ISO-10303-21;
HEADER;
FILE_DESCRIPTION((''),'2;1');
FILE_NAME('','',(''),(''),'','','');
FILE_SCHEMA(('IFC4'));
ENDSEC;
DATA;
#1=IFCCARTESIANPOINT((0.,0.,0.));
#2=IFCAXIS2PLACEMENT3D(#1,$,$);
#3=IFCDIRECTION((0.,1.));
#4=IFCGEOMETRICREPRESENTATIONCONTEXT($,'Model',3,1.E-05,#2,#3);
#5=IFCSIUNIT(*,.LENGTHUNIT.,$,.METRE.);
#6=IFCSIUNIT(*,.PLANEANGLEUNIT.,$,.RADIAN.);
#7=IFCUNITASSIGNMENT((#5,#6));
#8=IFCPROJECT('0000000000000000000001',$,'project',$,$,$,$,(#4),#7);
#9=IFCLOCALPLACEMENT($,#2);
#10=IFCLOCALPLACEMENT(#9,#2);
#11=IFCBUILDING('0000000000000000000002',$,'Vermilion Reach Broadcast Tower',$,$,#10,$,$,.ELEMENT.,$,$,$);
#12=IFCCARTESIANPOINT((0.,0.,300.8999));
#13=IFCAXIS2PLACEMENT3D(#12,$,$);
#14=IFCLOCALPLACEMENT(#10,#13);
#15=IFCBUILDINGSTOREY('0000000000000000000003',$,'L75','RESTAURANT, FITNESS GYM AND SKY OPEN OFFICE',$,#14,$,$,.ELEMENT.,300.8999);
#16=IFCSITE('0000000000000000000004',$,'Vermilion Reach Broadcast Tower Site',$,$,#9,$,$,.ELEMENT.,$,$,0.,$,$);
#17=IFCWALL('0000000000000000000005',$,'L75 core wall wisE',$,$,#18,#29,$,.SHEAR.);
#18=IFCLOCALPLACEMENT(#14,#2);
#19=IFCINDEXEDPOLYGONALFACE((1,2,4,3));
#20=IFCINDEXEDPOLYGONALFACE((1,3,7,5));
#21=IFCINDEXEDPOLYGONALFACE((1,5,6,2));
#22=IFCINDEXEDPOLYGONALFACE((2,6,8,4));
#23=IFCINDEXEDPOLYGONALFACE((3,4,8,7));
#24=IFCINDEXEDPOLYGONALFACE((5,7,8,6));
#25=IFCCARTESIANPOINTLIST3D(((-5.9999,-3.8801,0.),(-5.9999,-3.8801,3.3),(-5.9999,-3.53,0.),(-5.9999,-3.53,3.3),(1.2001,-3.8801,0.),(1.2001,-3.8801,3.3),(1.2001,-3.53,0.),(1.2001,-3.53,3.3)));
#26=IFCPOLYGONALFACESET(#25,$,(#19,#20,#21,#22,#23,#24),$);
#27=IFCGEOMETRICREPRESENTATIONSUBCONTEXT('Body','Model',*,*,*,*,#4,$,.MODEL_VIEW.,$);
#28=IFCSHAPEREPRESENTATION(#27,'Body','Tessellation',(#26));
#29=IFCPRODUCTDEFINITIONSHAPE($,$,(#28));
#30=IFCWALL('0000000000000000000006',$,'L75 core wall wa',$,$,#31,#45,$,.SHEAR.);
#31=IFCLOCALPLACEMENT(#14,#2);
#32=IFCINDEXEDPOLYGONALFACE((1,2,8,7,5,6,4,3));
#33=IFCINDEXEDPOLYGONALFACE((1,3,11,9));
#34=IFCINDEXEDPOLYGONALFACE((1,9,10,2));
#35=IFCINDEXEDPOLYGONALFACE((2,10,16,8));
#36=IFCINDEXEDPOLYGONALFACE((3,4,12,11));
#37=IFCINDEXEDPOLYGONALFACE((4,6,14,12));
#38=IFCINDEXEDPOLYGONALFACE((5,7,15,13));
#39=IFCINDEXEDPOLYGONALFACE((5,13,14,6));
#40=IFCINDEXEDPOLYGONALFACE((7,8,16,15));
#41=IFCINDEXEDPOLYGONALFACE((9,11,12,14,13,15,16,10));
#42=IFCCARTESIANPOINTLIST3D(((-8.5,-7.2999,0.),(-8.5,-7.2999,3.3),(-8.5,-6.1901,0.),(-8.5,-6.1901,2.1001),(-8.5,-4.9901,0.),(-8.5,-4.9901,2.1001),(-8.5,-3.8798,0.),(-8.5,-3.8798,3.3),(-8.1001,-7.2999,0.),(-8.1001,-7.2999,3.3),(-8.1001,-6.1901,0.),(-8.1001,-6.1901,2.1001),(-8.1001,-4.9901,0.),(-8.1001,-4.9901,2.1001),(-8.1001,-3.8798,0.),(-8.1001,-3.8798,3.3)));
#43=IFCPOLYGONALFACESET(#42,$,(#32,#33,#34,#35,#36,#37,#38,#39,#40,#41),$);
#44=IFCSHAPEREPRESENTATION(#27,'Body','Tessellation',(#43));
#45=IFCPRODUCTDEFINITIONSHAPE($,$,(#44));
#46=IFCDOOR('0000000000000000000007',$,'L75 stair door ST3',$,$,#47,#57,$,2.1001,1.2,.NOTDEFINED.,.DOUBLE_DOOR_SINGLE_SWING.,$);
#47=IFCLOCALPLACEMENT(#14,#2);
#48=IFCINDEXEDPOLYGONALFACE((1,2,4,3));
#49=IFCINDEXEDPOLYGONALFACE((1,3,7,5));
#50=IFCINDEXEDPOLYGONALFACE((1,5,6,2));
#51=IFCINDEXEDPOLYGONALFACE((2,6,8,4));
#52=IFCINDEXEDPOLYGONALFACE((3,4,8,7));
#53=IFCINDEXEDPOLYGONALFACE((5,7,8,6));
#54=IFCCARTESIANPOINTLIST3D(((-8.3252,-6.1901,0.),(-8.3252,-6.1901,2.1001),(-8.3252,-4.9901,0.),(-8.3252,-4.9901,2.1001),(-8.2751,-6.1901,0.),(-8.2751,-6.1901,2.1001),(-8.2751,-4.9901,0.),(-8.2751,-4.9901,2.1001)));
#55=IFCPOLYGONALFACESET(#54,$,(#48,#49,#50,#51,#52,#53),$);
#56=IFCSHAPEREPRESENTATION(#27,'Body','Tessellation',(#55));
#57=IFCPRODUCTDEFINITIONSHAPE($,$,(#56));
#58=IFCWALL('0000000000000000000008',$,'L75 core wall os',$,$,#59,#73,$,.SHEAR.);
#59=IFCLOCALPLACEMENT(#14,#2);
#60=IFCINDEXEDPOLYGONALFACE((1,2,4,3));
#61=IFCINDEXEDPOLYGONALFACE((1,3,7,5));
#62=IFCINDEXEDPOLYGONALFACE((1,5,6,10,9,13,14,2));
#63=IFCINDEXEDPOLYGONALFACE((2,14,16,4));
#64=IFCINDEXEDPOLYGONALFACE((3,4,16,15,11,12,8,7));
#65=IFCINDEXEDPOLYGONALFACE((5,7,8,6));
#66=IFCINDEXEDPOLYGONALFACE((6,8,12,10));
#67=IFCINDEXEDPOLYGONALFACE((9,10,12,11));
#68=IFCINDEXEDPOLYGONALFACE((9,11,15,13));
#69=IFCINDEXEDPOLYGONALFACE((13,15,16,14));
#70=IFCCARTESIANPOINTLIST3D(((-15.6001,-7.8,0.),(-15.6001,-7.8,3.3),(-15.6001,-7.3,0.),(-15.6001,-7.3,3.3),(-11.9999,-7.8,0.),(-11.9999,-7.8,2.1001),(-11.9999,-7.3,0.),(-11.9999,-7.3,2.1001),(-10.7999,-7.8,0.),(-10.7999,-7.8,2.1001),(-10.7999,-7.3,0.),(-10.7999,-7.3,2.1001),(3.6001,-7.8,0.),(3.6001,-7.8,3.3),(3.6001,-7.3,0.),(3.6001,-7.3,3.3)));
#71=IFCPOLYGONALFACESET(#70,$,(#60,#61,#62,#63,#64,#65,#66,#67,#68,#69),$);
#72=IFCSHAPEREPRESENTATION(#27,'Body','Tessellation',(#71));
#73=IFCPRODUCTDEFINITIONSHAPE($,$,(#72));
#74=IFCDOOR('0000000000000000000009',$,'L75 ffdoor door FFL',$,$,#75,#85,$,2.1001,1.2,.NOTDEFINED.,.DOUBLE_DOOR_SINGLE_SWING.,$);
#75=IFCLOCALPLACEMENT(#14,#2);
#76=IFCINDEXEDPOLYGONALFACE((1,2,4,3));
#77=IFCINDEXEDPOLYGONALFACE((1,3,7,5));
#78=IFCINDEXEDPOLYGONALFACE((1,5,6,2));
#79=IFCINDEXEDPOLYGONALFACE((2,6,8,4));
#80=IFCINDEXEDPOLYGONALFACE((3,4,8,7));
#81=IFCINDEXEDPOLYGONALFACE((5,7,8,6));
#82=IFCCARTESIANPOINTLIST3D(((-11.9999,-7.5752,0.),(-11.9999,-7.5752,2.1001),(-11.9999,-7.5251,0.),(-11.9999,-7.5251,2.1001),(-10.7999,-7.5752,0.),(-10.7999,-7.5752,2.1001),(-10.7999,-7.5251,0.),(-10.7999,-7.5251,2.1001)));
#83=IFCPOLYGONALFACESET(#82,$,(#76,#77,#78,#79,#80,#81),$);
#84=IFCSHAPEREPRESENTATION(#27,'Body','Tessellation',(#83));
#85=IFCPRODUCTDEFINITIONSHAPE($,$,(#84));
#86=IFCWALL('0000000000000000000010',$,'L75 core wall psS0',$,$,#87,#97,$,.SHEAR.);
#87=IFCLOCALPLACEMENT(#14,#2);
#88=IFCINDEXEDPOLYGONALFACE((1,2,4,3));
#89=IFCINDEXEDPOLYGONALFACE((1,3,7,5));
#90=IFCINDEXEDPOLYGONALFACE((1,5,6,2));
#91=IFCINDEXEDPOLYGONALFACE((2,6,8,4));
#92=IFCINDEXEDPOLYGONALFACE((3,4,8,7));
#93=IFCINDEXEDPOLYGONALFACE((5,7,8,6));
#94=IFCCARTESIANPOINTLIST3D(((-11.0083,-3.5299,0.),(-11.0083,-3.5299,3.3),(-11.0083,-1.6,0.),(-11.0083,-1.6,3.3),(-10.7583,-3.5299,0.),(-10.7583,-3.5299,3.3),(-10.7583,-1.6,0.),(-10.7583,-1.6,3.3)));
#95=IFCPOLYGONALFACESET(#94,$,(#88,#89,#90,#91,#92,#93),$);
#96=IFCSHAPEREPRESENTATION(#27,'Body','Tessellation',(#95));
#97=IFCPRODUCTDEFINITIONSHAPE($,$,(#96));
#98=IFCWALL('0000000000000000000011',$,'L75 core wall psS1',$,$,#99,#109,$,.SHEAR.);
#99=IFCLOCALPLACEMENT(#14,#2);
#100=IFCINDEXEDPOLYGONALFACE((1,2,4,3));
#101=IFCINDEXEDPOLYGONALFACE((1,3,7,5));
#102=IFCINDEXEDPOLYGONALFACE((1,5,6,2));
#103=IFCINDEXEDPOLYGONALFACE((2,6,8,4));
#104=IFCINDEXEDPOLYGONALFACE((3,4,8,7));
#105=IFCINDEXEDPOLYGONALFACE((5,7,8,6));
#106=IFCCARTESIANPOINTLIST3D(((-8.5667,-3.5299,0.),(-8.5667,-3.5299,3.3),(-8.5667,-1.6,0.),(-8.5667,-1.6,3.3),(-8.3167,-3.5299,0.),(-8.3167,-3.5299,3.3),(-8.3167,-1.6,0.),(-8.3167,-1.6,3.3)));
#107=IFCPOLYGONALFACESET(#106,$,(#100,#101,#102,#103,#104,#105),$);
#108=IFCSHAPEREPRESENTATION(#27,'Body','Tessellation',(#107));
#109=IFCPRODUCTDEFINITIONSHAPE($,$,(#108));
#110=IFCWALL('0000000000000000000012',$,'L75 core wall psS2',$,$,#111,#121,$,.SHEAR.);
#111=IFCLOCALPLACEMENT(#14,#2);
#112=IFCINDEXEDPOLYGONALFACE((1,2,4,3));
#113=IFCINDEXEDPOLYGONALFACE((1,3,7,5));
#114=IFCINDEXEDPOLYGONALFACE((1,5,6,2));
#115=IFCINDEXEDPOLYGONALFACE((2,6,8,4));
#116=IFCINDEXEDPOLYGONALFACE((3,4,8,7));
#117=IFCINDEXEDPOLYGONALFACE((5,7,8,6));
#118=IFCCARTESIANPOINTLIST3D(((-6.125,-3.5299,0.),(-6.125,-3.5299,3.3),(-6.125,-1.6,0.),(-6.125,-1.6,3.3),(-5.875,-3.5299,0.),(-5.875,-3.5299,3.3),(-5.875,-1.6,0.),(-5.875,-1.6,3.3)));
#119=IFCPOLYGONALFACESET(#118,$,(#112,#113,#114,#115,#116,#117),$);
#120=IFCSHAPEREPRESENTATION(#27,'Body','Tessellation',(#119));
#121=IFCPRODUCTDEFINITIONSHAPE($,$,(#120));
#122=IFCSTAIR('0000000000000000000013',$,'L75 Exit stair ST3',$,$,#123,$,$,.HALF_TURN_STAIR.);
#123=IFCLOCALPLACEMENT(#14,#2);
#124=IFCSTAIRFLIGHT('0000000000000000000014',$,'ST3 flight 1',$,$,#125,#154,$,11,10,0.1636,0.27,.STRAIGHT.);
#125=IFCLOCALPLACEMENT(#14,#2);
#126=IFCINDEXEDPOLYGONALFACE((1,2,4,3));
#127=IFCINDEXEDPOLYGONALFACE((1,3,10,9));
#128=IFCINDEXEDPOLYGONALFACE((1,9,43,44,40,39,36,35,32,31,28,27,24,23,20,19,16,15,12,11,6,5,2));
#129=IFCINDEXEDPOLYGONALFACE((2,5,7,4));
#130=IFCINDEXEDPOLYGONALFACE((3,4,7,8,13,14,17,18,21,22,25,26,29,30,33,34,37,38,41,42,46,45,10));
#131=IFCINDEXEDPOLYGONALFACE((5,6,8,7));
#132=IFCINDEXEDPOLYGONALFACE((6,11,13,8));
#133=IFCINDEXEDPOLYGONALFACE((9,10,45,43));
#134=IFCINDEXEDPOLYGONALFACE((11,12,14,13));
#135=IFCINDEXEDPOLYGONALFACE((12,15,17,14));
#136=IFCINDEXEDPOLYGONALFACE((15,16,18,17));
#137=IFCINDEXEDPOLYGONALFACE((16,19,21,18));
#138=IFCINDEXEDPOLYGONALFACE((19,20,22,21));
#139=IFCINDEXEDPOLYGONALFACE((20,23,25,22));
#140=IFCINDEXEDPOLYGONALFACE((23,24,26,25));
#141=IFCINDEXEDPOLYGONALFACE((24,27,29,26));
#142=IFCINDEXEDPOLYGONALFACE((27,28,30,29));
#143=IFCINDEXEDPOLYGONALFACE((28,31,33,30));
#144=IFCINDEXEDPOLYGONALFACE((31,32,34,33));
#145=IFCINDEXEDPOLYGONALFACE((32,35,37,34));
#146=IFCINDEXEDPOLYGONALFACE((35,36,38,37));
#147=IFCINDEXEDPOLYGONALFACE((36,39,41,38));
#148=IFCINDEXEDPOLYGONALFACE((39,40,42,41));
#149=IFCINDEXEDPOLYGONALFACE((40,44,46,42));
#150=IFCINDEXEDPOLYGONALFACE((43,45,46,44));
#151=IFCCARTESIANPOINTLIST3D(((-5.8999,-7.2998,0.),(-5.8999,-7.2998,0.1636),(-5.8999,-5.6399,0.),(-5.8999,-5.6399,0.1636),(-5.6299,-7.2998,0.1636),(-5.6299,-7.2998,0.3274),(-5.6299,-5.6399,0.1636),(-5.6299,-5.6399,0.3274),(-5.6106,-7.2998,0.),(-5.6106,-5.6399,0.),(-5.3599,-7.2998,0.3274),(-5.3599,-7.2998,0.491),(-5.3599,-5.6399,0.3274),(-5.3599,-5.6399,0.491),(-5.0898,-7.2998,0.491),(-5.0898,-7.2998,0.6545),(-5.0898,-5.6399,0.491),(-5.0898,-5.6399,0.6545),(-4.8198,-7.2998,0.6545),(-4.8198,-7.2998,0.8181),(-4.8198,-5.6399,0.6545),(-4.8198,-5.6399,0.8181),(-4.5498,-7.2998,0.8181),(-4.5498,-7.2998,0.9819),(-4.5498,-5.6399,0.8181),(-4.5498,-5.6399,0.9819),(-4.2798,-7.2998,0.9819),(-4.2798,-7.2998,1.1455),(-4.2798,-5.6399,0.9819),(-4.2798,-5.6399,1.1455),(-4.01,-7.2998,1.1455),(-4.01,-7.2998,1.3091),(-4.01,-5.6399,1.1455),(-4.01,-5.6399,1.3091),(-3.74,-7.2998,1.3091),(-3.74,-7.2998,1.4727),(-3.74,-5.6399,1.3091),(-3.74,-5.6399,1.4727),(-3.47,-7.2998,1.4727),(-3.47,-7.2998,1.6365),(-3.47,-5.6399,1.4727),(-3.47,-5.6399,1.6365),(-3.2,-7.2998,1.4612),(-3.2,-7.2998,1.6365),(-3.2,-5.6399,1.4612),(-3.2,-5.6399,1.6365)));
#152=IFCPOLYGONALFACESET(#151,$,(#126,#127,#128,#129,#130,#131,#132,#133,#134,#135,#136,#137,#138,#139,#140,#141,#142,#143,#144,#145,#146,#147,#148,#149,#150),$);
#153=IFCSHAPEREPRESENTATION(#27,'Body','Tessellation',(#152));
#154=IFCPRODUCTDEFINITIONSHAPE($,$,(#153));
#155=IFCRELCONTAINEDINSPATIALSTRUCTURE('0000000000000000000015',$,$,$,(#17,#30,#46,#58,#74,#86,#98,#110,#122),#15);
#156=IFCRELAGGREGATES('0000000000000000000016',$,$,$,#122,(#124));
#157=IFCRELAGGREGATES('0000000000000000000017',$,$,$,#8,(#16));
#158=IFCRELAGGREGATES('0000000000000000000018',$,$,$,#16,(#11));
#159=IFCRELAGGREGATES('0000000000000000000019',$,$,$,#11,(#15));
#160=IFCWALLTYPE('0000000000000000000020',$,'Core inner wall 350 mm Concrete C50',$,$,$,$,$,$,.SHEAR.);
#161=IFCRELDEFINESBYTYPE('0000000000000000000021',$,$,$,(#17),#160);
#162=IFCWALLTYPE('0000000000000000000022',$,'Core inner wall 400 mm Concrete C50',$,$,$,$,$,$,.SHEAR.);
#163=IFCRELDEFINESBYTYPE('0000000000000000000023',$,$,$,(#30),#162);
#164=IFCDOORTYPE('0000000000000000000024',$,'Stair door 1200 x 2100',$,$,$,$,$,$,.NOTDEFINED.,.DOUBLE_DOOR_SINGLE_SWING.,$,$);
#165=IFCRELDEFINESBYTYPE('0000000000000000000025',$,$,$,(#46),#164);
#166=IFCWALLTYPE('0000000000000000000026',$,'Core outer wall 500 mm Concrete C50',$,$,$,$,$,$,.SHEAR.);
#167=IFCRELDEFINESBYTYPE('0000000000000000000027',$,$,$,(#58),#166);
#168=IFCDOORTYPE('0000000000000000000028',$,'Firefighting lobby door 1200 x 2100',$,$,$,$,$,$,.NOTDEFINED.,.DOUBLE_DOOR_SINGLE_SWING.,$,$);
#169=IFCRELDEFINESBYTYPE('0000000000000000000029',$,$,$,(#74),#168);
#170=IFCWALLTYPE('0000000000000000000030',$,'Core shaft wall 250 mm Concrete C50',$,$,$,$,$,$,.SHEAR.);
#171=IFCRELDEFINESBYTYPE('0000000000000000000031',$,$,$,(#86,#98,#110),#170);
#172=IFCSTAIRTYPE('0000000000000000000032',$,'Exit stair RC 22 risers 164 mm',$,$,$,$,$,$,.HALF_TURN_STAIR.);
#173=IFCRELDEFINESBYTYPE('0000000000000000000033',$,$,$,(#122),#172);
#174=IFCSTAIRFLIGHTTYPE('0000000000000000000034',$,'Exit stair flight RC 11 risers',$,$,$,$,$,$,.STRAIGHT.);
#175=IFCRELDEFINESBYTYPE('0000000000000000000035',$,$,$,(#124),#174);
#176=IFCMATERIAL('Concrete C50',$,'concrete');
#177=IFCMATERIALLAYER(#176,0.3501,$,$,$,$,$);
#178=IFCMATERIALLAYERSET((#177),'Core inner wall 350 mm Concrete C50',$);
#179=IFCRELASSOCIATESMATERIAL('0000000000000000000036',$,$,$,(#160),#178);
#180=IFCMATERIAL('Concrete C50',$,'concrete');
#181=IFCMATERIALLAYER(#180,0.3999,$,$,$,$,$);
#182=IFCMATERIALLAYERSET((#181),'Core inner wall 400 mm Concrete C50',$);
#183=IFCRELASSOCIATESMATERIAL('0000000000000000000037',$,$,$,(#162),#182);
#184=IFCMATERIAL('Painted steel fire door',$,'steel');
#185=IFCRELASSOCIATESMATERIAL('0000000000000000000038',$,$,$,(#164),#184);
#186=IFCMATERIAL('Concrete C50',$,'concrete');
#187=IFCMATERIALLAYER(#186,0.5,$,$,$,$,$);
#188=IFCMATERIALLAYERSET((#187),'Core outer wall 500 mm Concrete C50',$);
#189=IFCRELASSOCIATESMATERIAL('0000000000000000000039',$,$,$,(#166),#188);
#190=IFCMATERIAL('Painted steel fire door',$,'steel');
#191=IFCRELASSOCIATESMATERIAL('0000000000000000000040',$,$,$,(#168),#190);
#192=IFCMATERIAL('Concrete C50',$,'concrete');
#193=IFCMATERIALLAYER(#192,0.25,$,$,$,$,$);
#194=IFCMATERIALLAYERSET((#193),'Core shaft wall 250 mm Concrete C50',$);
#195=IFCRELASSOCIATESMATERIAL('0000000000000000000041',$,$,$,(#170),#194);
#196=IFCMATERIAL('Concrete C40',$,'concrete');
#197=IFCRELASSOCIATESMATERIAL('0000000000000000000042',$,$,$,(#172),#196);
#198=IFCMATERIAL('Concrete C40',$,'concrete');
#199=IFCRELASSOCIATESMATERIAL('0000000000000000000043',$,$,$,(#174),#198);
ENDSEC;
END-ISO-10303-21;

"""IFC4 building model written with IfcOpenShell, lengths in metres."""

from ifc_helpers import new_model, si_unit, direction, frame, frame_2d, origin, place, context, subcontext, project, spatial, polyline, rectangle, outline, extrude, material, layer, layer_set, type_object, element, fill, aggregate, save


model = new_model("IFC4")

# Units and contexts
model_context = context("Model", 3, precision=1e-05, world=origin(), true_north=direction((0.0, 1.0)))
body_context = subcontext(model_context, "Body", "Model", "MODEL_VIEW")
ifc_project = project(units=[si_unit("LENGTHUNIT", "METRE"), si_unit("PLANEANGLEUNIT", "RADIAN")], contexts=[model_context])

# Site, building, storey
site_placement = place(None, origin())
site = spatial("IfcSite", under=ifc_project, at=site_placement, Name="Vermilion Reach Broadcast Tower Site", CompositionType="ELEMENT", RefElevation=0.0)
building_placement = place(site_placement, origin())
building = spatial("IfcBuilding", under=site, at=building_placement, Name="Vermilion Reach Broadcast Tower", CompositionType="ELEMENT")
storey_placement = place(building_placement, frame((0.0, 0.0, 300.8999)))
storey = spatial("IfcBuildingStorey", under=building, at=storey_placement, Name="L75", Description="RESTAURANT, FITNESS GYM AND SKY OPEN OFFICE", CompositionType="ELEMENT", Elevation=300.8999)

# Shared definitions
ifc_material_1 = material(Name="Concrete C50", Category="concrete")
ifc_layer_1 = layer(ifc_material_1, 0.3501)
ifc_layer_set_1 = layer_set([ifc_layer_1], Name="Core inner wall 350 mm Concrete C50")
wall_type_1 = type_object("IfcWallType", Name="Core inner wall 350 mm Concrete C50", PredefinedType="SHEAR", material=ifc_layer_set_1)

# Wall
wall_1_placement = place(storey_placement, frame((-6.0, -3.7051, 0.0), z_axis=(0.0, 0.0, 1.0), x_axis=(1.0, 0.0, 0.0)))
element("IfcWall", 1, at=wall_1_placement, inside=storey, type_object=wall_type_1, Name="L75 core wall wisE", PredefinedType="SHEAR", context=body_context, shape_type="SweptSolid", body=[
    extrude(rectangle(XDim=7.2, YDim=0.3501, at=frame_2d((3.6001, 0.0))), origin(), (0.0, 0.0, 1.0), 3.3),
])

# Walls, openings, doors
ifc_material_2 = material(Name="Concrete C50", Category="concrete")
ifc_layer_2 = layer(ifc_material_2, 0.3999)
ifc_layer_set_2 = layer_set([ifc_layer_2], Name="Core inner wall 400 mm Concrete C50")
wall_type_2 = type_object("IfcWallType", Name="Core inner wall 400 mm Concrete C50", PredefinedType="SHEAR", material=ifc_layer_set_2)
wall_2_placement = place(storey_placement, frame((-8.3, -3.8799, 0.0), z_axis=(0.0, 0.0, 1.0), x_axis=(0.0, -1.0, 0.0)))
wall_2 = element("IfcWall", 2, at=wall_2_placement, inside=storey, type_object=wall_type_2, Name="L75 core wall wa", PredefinedType="SHEAR", context=body_context, shape_type="SweptSolid", body=[
    extrude(rectangle(XDim=3.4202, YDim=0.3999, at=frame_2d((1.71, 0.0))), origin(), (0.0, 0.0, 1.0), 3.3),
])
opening_1_placement = place(wall_2_placement, frame((1.1101, 0.0, 0.0)))
opening_1 = element("IfcOpeningElement", 3, at=opening_1_placement, cuts=wall_2, PredefinedType="OPENING", context=body_context, shape_type="SweptSolid", body=[
    extrude(rectangle(XDim=1.2, YDim=2.1001, at=frame_2d((0.6001, 1.05))), frame((0.0, 0.21, 0.0), z_axis=(0.0, -1.0, 0.0), x_axis=(1.0, 0.0, 0.0)), (0.0, 0.0, 1.0), 0.4199),
])
ifc_material_3 = material(Name="Painted steel fire door", Category="steel")
door_type_1 = type_object("IfcDoorType", Name="Stair door 1200 x 2100", OperationType="DOUBLE_DOOR_SINGLE_SWING", PredefinedType="NOTDEFINED", material=ifc_material_3)
door_1_placement = place(opening_1_placement, origin())
door_1 = element("IfcDoor", 4, at=door_1_placement, inside=storey, type_object=door_type_1, Name="L75 stair door ST3", OperationType="DOUBLE_DOOR_SINGLE_SWING", OverallHeight=2.1001, OverallWidth=1.2, PredefinedType="NOTDEFINED", context=body_context, shape_type="SweptSolid", body=[
    extrude(rectangle(XDim=1.2, YDim=2.1001, at=frame_2d((0.6001, 1.05))), frame((0.0, 0.0249, 0.0), z_axis=(0.0, -1.0, 0.0), x_axis=(1.0, 0.0, 0.0)), (0.0, 0.0, 1.0), 0.05),
])
fill(opening_1, door_1)
ifc_material_4 = material(Name="Concrete C50", Category="concrete")
ifc_layer_3 = layer(ifc_material_4, 0.5)
ifc_layer_set_3 = layer_set([ifc_layer_3], Name="Core outer wall 500 mm Concrete C50")
wall_type_3 = type_object("IfcWallType", Name="Core outer wall 500 mm Concrete C50", PredefinedType="SHEAR", material=ifc_layer_set_3)
wall_3_placement = place(storey_placement, frame((-15.6001, -7.55, 0.0), z_axis=(0.0, 0.0, 1.0), x_axis=(1.0, 0.0, 0.0)))
wall_3 = element("IfcWall", 5, at=wall_3_placement, inside=storey, type_object=wall_type_3, Name="L75 core wall os", PredefinedType="SHEAR", context=body_context, shape_type="SweptSolid", body=[
    extrude(rectangle(XDim=19.2002, YDim=0.5, at=frame_2d((9.6001, 0.0))), origin(), (0.0, 0.0, 1.0), 3.3),
])
opening_2_placement = place(wall_3_placement, frame((3.6001, 0.0, 0.0)))
opening_2 = element("IfcOpeningElement", 6, at=opening_2_placement, cuts=wall_3, PredefinedType="OPENING", context=body_context, shape_type="SweptSolid", body=[
    extrude(rectangle(XDim=1.2, YDim=2.1001, at=frame_2d((0.6001, 1.05))), frame((0.0, 0.26, 0.0), z_axis=(0.0, -1.0, 0.0), x_axis=(1.0, 0.0, 0.0)), (0.0, 0.0, 1.0), 0.52),
])
ifc_material_5 = material(Name="Painted steel fire door", Category="steel")
door_type_2 = type_object("IfcDoorType", Name="Firefighting lobby door 1200 x 2100", OperationType="DOUBLE_DOOR_SINGLE_SWING", PredefinedType="NOTDEFINED", material=ifc_material_5)
door_2_placement = place(opening_2_placement, origin())
door_2 = element("IfcDoor", 7, at=door_2_placement, inside=storey, type_object=door_type_2, Name="L75 ffdoor door FFL", OperationType="DOUBLE_DOOR_SINGLE_SWING", OverallHeight=2.1001, OverallWidth=1.2, PredefinedType="NOTDEFINED", context=body_context, shape_type="SweptSolid", body=[
    extrude(rectangle(XDim=1.2, YDim=2.1001, at=frame_2d((0.6001, 1.05))), frame((0.0, 0.0249, 0.0), z_axis=(0.0, -1.0, 0.0), x_axis=(1.0, 0.0, 0.0)), (0.0, 0.0, 1.0), 0.05),
])
fill(opening_2, door_2)

# Walls
ifc_material_6 = material(Name="Concrete C50", Category="concrete")
ifc_layer_4 = layer(ifc_material_6, 0.25)
ifc_layer_set_4 = layer_set([ifc_layer_4], Name="Core shaft wall 250 mm Concrete C50")
wall_type_4 = type_object("IfcWallType", Name="Core shaft wall 250 mm Concrete C50", PredefinedType="SHEAR", material=ifc_layer_set_4)
for number, where, z_axis, x_axis, name in (
    (8, (-10.8833, -1.6001, 0.0), (0.0, 0.0, 1.0), (0.0, -1.0, 0.0), "L75 core wall psS0"),
    (9, (-8.4417, -1.6001, 0.0), (0.0, 0.0, 1.0), (0.0, -1.0, 0.0), "L75 core wall psS1"),
    (10, (-6.0, -1.6001, 0.0), (0.0, 0.0, 1.0), (0.0, -1.0, 0.0), "L75 core wall psS2"),
):
    element("IfcWall", number, at=place(storey_placement, frame(where, z_axis=z_axis, x_axis=x_axis)), inside=storey, type_object=wall_type_4, Name=name, PredefinedType="SHEAR", context=body_context, shape_type="SweptSolid", body=[
        extrude(rectangle(XDim=1.9299, YDim=0.25, at=frame_2d((0.9648, 0.0))), origin(), (0.0, 0.0, 1.0), 3.3),
    ])

# Stair, stair flight
ifc_material_7 = material(Name="Concrete C40", Category="concrete")
stair_type = type_object("IfcStairType", Name="Exit stair RC 22 risers 164 mm", PredefinedType="HALF_TURN_STAIR", material=ifc_material_7)
stair_placement = place(storey_placement, origin())
stair = element("IfcStair", 11, at=stair_placement, inside=storey, type_object=stair_type, Name="L75 Exit stair ST3", PredefinedType="HALF_TURN_STAIR")
ifc_material_8 = material(Name="Concrete C40", Category="concrete")
stair_flight_type = type_object("IfcStairFlightType", Name="Exit stair flight RC 11 risers", PredefinedType="STRAIGHT", material=ifc_material_8)
stair_flight_placement = place(storey_placement, frame((-5.8999, -6.47, 0.0), z_axis=(0.0, 0.0, 1.0), x_axis=(1.0, 0.0, 0.0)))
stair_flight = element("IfcStairFlight", 12, at=stair_flight_placement, type_object=stair_flight_type, Name="ST3 flight 1", NumberOfRisers=11, NumberOfTreads=10, PredefinedType="STRAIGHT", RiserHeight=0.1636, TreadLength=0.27, context=body_context, shape_type="SweptSolid", body=[
    extrude(outline(polyline([(0.0, 0.0), (0.0, 0.1636), (0.27, 0.1636), (0.27, 0.3274), (0.54, 0.3274), (0.54, 0.491), (0.8101, 0.491), (0.8101, 0.6545), (1.0801, 0.6545), (1.0801, 0.8181), (1.3501, 0.8181), (1.3501, 0.9819), (1.6201, 0.9819), (1.6201, 1.1455), (1.8899, 1.1455), (1.8899, 1.3091), (2.1599, 1.3091), (2.1599, 1.4727), (2.4299, 1.4727), (2.4299, 1.6365), (2.7, 1.6365), (2.7, 1.8), (2.7, 1.4612), (0.2893, 0.0), (0.0, 0.0)])), frame((0.0, 0.8301, 0.0), z_axis=(0.0, -1.0, 0.0), x_axis=(1.0, 0.0, 0.0)), (0.0, 0.0, 1.0), 1.6599),
])
aggregate(stair, [stair_flight])

save(model, "model.ifc")
